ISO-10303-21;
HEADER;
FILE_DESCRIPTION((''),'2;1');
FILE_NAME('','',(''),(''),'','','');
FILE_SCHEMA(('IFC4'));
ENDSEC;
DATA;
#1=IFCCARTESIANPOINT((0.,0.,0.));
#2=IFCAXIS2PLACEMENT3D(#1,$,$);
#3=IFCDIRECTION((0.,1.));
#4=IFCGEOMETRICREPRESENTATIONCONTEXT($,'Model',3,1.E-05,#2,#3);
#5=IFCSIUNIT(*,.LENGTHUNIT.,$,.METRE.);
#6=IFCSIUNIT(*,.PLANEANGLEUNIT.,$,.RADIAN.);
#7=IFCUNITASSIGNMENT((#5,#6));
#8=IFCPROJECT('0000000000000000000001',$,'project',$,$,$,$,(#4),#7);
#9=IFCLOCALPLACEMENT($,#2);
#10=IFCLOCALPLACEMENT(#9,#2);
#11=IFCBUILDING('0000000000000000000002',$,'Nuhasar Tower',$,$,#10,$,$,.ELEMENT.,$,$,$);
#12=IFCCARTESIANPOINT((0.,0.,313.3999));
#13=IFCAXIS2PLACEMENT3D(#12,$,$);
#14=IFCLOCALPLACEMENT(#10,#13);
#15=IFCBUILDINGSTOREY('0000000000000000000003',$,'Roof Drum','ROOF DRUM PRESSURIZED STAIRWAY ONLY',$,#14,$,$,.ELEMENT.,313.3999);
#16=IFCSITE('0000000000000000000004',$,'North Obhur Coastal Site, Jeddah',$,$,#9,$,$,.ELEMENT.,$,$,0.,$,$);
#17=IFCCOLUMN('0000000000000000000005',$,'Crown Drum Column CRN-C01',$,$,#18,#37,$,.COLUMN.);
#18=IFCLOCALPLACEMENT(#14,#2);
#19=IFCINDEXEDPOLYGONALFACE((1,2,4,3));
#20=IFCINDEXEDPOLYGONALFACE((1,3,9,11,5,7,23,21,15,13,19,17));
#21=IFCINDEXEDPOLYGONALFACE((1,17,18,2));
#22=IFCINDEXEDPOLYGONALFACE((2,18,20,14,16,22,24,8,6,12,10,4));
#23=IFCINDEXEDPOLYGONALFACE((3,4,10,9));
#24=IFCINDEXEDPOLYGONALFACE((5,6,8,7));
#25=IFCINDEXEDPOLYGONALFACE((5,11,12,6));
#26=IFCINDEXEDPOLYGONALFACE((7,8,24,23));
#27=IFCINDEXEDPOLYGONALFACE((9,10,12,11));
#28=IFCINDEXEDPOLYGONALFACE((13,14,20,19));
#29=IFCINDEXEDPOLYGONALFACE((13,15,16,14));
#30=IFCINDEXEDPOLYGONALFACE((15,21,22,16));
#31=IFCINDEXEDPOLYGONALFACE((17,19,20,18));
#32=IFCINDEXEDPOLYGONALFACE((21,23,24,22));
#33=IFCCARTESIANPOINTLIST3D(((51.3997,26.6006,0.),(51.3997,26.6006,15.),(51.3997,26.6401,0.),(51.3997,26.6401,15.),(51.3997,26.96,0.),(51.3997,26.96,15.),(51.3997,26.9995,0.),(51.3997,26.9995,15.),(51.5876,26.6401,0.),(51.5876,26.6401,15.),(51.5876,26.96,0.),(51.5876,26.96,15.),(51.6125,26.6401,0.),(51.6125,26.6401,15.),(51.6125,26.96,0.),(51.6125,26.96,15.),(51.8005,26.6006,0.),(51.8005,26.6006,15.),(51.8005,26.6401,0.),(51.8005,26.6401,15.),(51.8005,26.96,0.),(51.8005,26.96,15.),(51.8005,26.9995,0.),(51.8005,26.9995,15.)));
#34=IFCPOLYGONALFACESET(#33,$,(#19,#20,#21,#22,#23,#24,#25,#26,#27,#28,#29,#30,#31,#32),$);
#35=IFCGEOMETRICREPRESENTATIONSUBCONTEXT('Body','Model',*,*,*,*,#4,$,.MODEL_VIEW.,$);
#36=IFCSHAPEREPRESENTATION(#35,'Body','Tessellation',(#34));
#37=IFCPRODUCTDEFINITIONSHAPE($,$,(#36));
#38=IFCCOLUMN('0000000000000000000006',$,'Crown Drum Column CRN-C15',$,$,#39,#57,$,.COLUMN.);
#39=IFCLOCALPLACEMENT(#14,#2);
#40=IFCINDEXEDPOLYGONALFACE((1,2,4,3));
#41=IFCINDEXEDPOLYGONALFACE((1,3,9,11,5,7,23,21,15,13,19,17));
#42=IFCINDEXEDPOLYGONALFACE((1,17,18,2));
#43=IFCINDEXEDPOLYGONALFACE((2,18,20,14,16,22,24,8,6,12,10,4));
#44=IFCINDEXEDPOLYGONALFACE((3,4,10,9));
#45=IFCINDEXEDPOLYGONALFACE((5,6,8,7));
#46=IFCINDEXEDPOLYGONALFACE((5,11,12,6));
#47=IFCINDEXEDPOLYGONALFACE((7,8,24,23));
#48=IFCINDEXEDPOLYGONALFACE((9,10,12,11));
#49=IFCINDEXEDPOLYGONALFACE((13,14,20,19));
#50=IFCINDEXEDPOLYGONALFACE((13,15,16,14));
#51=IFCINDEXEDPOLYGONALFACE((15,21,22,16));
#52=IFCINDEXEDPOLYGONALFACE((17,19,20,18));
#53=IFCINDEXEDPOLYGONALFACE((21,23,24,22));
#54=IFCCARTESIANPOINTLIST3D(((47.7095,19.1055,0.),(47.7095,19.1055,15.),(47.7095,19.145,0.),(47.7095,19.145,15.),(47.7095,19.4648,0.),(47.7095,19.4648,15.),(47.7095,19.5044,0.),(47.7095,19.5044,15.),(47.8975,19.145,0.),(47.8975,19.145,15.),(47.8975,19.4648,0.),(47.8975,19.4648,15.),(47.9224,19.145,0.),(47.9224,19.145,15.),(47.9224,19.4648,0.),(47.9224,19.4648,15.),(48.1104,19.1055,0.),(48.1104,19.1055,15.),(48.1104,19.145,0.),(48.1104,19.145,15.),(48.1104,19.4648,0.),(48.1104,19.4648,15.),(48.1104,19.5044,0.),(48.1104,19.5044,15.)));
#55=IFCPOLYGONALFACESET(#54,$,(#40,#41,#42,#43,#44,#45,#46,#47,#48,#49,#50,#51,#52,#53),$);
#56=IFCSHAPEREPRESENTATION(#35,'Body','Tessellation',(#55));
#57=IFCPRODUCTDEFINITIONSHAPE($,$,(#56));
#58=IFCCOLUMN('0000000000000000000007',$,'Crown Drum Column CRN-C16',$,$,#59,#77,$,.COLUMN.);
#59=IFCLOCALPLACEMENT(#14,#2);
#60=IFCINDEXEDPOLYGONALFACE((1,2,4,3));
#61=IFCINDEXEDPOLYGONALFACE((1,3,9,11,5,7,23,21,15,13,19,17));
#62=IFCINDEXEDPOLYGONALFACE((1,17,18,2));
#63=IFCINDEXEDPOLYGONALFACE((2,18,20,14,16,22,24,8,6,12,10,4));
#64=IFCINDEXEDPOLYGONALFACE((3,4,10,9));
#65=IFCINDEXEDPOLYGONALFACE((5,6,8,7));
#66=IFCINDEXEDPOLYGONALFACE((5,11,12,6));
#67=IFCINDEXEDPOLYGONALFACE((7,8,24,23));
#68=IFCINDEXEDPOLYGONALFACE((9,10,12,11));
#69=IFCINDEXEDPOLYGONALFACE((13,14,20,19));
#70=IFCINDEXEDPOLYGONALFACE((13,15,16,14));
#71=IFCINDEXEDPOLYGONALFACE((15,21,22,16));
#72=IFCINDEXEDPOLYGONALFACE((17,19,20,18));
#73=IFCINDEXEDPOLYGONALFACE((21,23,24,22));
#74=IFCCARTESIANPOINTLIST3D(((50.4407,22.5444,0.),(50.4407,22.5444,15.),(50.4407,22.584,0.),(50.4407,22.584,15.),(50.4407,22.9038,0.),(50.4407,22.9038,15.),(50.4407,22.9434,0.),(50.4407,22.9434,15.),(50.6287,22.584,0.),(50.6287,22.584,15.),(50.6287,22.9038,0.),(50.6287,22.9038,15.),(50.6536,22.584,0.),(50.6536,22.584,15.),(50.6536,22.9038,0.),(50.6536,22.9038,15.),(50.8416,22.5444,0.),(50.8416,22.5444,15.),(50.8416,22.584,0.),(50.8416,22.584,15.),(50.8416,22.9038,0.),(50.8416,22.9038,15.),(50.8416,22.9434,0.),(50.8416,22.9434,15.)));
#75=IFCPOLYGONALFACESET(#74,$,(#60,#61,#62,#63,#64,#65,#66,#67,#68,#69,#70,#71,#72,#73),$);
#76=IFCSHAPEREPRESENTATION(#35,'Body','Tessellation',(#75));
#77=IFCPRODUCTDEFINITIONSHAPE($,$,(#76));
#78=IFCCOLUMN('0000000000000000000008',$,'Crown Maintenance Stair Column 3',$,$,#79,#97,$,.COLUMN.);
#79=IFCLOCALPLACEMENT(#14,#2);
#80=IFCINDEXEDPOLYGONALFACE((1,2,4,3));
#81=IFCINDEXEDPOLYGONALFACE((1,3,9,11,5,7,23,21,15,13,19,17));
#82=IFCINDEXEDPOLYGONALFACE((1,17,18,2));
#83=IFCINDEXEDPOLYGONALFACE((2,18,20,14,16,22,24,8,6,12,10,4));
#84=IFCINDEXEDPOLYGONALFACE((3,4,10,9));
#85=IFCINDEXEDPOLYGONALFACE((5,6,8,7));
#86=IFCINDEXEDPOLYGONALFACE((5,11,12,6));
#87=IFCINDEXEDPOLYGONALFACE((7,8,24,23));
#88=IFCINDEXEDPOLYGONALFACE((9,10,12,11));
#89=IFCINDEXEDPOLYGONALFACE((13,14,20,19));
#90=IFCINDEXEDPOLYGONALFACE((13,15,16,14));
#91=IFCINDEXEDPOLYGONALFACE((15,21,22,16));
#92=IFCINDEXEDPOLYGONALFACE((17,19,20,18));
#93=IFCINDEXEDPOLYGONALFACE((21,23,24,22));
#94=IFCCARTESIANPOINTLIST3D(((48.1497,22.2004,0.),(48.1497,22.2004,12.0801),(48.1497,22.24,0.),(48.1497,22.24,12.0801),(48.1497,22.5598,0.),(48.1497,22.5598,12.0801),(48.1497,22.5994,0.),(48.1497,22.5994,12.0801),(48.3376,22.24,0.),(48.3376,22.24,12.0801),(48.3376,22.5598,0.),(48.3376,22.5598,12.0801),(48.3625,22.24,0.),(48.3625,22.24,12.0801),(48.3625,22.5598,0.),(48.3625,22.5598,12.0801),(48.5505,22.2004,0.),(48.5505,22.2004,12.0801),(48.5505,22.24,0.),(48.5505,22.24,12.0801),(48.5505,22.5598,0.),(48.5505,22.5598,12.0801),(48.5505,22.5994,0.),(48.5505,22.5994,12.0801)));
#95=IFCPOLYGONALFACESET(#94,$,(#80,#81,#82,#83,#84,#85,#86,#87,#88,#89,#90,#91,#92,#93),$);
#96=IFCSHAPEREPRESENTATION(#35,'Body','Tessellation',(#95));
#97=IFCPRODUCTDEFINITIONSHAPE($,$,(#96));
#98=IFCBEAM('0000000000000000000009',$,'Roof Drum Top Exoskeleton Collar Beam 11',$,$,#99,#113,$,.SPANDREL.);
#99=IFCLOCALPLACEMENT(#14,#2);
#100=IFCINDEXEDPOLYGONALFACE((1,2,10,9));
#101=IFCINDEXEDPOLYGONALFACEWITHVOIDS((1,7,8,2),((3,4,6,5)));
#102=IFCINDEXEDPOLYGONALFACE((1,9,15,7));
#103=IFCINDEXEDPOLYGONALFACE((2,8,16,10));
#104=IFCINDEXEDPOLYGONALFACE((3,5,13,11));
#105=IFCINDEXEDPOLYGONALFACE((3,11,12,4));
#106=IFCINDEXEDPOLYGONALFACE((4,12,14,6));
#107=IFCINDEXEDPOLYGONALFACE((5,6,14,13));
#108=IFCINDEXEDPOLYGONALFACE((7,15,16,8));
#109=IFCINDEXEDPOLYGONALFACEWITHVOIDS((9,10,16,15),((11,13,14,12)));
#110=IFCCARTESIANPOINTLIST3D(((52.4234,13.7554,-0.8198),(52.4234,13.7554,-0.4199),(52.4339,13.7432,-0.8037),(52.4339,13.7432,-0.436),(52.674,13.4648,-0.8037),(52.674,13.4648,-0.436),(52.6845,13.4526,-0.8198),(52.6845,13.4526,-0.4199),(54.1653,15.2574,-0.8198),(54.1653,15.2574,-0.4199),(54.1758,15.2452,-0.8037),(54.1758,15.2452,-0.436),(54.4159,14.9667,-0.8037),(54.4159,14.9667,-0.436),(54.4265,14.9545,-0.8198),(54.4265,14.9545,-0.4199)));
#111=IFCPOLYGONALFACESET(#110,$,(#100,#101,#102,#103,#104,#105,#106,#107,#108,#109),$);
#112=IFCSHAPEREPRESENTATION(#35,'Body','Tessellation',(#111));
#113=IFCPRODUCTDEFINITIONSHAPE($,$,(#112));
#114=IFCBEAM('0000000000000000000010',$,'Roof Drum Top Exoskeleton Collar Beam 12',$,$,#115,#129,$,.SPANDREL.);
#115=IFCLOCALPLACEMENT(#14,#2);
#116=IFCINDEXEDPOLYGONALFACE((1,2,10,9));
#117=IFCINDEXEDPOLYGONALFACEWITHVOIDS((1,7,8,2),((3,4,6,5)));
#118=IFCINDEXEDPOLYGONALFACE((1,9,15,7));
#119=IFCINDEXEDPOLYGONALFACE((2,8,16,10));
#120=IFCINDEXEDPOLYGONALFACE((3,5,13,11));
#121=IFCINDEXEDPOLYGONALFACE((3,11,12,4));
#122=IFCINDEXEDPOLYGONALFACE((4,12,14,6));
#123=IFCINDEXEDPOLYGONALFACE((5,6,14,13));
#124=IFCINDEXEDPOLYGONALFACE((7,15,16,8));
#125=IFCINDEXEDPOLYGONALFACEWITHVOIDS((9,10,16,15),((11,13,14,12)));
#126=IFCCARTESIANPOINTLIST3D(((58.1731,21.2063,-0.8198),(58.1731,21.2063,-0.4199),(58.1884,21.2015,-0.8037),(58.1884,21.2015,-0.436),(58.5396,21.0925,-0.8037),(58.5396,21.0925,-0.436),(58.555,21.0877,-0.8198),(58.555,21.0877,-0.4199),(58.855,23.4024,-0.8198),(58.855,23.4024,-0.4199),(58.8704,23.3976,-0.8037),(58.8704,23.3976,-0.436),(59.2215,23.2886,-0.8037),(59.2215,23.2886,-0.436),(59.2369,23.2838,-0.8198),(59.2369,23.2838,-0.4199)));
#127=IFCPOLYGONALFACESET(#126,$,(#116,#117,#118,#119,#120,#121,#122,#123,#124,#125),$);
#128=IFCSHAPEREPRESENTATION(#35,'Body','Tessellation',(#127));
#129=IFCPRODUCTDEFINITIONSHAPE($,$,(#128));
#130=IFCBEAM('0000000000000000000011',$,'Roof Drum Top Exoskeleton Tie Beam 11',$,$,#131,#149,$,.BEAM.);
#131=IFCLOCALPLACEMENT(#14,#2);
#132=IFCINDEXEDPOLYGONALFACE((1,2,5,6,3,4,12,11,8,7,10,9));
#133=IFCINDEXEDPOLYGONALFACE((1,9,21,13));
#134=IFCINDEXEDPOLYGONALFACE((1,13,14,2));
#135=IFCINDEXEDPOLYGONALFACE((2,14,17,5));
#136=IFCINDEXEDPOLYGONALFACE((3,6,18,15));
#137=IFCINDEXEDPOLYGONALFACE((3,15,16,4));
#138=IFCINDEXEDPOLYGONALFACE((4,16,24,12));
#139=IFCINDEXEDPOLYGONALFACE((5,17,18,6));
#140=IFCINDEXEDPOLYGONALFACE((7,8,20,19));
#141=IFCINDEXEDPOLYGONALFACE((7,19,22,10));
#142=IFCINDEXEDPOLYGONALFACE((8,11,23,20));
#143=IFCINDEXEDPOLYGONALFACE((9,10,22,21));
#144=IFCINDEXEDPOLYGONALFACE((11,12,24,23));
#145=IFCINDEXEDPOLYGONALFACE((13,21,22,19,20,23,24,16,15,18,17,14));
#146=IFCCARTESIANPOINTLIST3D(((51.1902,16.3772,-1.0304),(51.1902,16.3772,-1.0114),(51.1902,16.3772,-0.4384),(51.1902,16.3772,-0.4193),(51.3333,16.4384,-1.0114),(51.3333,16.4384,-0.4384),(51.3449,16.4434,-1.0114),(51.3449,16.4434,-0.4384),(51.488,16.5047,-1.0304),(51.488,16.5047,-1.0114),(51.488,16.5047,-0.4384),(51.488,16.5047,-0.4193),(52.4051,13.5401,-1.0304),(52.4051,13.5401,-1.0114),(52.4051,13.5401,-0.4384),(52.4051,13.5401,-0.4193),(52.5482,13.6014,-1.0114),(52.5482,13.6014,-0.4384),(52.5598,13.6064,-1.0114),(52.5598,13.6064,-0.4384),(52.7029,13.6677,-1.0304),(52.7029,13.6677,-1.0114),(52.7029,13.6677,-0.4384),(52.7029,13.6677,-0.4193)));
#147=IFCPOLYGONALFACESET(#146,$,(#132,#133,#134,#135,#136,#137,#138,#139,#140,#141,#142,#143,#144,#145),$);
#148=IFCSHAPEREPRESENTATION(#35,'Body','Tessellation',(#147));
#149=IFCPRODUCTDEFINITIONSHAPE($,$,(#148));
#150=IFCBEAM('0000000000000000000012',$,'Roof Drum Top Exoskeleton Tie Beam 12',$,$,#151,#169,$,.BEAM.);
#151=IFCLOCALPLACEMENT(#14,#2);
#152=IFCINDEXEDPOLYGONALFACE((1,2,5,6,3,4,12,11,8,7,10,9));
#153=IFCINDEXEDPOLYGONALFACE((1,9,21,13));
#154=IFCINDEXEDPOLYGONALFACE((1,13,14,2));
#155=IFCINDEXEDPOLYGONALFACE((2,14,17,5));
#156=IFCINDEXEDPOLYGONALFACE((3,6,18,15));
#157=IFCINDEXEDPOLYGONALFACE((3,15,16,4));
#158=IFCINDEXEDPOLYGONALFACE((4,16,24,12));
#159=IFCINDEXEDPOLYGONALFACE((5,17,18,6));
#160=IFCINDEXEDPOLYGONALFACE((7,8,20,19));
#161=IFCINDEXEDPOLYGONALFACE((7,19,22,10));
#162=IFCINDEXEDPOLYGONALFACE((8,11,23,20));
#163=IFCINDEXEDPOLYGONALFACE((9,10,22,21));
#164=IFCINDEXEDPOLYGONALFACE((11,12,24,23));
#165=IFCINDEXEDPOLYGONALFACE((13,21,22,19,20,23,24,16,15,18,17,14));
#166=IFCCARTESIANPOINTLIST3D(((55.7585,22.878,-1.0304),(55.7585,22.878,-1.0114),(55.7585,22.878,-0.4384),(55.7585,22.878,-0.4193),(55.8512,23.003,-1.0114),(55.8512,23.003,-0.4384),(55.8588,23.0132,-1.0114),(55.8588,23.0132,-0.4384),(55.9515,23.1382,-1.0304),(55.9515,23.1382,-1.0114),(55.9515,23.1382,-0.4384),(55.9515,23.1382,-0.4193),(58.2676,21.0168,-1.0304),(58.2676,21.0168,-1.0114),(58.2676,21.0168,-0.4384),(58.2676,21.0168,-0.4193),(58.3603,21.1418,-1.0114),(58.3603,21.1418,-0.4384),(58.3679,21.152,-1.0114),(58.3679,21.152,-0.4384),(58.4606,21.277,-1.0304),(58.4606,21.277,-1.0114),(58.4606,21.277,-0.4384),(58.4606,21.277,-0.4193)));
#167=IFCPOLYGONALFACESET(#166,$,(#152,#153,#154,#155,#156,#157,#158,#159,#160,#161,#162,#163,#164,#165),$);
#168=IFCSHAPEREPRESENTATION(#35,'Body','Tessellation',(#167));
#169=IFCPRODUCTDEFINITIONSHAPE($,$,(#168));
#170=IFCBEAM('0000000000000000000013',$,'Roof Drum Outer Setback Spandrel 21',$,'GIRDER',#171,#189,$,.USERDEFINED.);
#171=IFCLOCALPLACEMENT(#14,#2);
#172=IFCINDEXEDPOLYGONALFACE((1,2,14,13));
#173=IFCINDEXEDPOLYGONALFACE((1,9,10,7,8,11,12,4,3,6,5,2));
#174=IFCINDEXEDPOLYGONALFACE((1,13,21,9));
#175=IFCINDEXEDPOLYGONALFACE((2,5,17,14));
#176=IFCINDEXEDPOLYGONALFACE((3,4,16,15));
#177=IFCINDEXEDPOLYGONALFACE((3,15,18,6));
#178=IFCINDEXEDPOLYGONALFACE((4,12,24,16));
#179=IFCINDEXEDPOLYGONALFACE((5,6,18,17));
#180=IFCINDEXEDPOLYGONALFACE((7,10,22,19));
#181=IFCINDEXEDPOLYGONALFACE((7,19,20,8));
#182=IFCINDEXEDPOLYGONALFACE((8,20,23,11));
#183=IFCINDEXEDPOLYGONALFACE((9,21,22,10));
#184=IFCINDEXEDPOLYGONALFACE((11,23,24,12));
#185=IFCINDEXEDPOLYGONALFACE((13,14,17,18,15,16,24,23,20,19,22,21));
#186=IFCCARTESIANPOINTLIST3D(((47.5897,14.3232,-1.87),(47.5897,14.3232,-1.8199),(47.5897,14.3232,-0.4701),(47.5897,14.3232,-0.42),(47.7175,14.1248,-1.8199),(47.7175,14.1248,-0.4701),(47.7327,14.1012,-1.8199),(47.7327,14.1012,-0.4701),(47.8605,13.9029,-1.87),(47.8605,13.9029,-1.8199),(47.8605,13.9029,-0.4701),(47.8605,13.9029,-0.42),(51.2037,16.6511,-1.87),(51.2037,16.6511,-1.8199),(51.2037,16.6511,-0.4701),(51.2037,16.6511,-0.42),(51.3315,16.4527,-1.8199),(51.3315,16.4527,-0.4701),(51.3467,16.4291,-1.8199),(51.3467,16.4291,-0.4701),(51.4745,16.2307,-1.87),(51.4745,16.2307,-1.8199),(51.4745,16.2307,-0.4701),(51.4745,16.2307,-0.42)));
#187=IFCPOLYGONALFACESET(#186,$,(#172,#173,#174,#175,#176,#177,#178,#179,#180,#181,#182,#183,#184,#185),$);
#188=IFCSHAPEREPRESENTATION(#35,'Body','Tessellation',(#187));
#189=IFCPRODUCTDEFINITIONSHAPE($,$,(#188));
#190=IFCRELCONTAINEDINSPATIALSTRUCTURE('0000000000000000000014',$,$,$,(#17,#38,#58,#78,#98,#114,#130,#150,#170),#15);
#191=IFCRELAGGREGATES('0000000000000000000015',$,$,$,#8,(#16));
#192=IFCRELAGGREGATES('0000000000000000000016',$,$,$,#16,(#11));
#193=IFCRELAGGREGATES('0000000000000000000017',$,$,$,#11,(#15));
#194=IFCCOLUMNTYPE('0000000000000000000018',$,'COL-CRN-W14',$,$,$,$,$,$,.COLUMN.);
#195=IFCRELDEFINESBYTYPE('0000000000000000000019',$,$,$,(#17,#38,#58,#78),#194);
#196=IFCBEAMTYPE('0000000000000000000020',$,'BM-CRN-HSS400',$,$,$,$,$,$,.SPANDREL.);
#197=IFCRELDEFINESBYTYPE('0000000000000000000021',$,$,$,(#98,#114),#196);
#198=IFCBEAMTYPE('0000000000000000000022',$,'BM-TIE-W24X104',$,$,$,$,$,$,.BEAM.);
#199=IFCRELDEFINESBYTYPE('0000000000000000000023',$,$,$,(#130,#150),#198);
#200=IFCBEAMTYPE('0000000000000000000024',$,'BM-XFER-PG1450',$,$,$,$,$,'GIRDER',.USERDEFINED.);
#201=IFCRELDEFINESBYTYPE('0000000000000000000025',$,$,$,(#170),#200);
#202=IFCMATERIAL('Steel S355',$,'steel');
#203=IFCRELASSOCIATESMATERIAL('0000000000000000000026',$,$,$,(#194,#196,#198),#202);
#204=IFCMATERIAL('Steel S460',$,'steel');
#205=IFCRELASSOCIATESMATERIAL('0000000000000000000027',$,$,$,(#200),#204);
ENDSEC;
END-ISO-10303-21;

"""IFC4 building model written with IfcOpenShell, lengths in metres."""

from ifc_helpers import new_model, si_unit, direction, frame, origin, origin_2d, place, context, subcontext, project, spatial, hollow_rectangle, i_section, extrude, material, material_profile, profile_set, type_object, element, save


model = new_model("IFC4")

# Units and contexts
model_context = context("Model", 3, precision=1e-05, world=origin(), true_north=direction((0.0, 1.0)))
body_context = subcontext(model_context, "Body", "Model", "MODEL_VIEW")
ifc_project = project(units=[si_unit("LENGTHUNIT", "METRE"), si_unit("PLANEANGLEUNIT", "RADIAN")], contexts=[model_context])

# Site, building, storey
site_placement = place(None, origin())
site = spatial("IfcSite", under=ifc_project, at=site_placement, Name="North Obhur Coastal Site, Jeddah", CompositionType="ELEMENT", RefElevation=0.0)
building_placement = place(site_placement, origin())
building = spatial("IfcBuilding", under=site, at=building_placement, Name="Nuhasar Tower", CompositionType="ELEMENT")
storey_placement = place(building_placement, frame((0.0, 0.0, 313.3999)))
storey = spatial("IfcBuildingStorey", under=building, at=storey_placement, Name="Roof Drum", Description="ROOF DRUM PRESSURIZED STAIRWAY ONLY", CompositionType="ELEMENT", Elevation=313.3999)

# Columns
ifc_material_1 = material(Name="Steel S355", Category="steel")
ifc_material_profile_1 = material_profile(ifc_material_1, i_section(OverallWidth=0.4009, OverallDepth=0.3989, WebThickness=0.0249, FlangeThickness=0.0396, at=origin_2d()), Name="W14X211")
ifc_profile_set_1 = profile_set([ifc_material_profile_1], Name="Steel S355")
column_type = type_object("IfcColumnType", Name="COL-CRN-W14", PredefinedType="COLUMN", material=ifc_profile_set_1)
for number, where, z_axis, x_axis, name in (
    (1, (51.6001, 26.8, 0.0), (0.0, 0.0, 1.0), (1.0, 0.0, 0.0), "Crown Drum Column CRN-C01"),
    (2, (47.9099, 19.3049, 0.0), (0.0, 0.0, 1.0), (1.0, 0.0, 0.0), "Crown Drum Column CRN-C15"),
    (3, (50.6411, 22.7439, 0.0), (0.0, 0.0, 1.0), (1.0, 0.0, 0.0), "Crown Drum Column CRN-C16"),
):
    element("IfcColumn", number, at=place(storey_placement, frame(where, z_axis=z_axis, x_axis=x_axis)), inside=storey, type_object=column_type, Name=name, PredefinedType="COLUMN", context=body_context, shape_type="SweptSolid", body=[
        extrude(i_section(OverallWidth=0.4009, OverallDepth=0.3989, WebThickness=0.0249, FlangeThickness=0.0396, at=origin_2d()), origin(), (0.0, 0.0, 1.0), 15.0),
    ])
column_placement = place(storey_placement, frame((48.3501, 22.3999, 0.0), z_axis=(0.0, 0.0, 1.0), x_axis=(1.0, 0.0, 0.0)))
element("IfcColumn", 4, at=column_placement, inside=storey, type_object=column_type, Name="Crown Maintenance Stair Column 3", PredefinedType="COLUMN", context=body_context, shape_type="SweptSolid", body=[
    extrude(i_section(OverallWidth=0.4009, OverallDepth=0.3989, WebThickness=0.0249, FlangeThickness=0.0396, at=origin_2d()), origin(), (0.0, 0.0, 1.0), 12.0801),
])

# Beams
ifc_material_profile_2 = material_profile(ifc_material_1, hollow_rectangle(XDim=0.3999, YDim=0.3999, WallThickness=0.0161, at=origin_2d()), Name="HSS400X400X16")
ifc_profile_set_2 = profile_set([ifc_material_profile_2], Name="Steel S355")
beam_type_1 = type_object("IfcBeamType", Name="BM-CRN-HSS400", PredefinedType="SPANDREL", material=ifc_profile_set_2)
beam_1_placement = place(storey_placement, frame((52.554, 13.604, -0.6199), z_axis=(0.75735, 0.653009, 0.0), x_axis=(-0.653009, 0.75735, 0.0)))
element("IfcBeam", 5, at=beam_1_placement, inside=storey, type_object=beam_type_1, Name="Roof Drum Top Exoskeleton Collar Beam 11", PredefinedType="SPANDREL", context=body_context, shape_type="SweptSolid", body=[
    extrude(hollow_rectangle(XDim=0.3999, YDim=0.3999, WallThickness=0.0161, at=origin_2d()), origin(), (0.0, 0.0, 1.0), 2.3),
])
beam_2_placement = place(storey_placement, frame((58.364, 21.147, -0.6199), z_axis=(0.296539, 0.955021, 0.0), x_axis=(-0.955021, 0.296539, 0.0)))
element("IfcBeam", 6, at=beam_2_placement, inside=storey, type_object=beam_type_1, Name="Roof Drum Top Exoskeleton Collar Beam 12", PredefinedType="SPANDREL", context=body_context, shape_type="SweptSolid", body=[
    extrude(hollow_rectangle(XDim=0.3999, YDim=0.3999, WallThickness=0.0161, at=origin_2d()), origin(), (0.0, 0.0, 1.0), 2.2996),
])
ifc_material_profile_3 = material_profile(ifc_material_1, i_section(OverallWidth=0.324, OverallDepth=0.6111, WebThickness=0.0127, FlangeThickness=0.019, at=origin_2d()), Name="W24X104")
ifc_profile_set_3 = profile_set([ifc_material_profile_3], Name="Steel S355")
beam_type_2 = type_object("IfcBeamType", Name="BM-TIE-W24X104", PredefinedType="BEAM", material=ifc_profile_set_3)
beam_3_placement = place(storey_placement, frame((51.3391, 16.4409, -0.7249), z_axis=(0.393652, -0.91926, 0.0), x_axis=(0.91926, 0.393652, 0.0)))
element("IfcBeam", 7, at=beam_3_placement, inside=storey, type_object=beam_type_2, Name="Roof Drum Top Exoskeleton Tie Beam 11", PredefinedType="BEAM", context=body_context, shape_type="SweptSolid", body=[
    extrude(i_section(OverallWidth=0.324, OverallDepth=0.6111, WebThickness=0.0127, FlangeThickness=0.019, at=origin_2d()), origin(), (0.0, 0.0, 1.0), 3.0862),
])
beam_4_placement = place(storey_placement, frame((55.855, 23.0081, -0.7249), z_axis=(0.803168, -0.595753, 0.0), x_axis=(0.595753, 0.803168, 0.0)))
element("IfcBeam", 8, at=beam_4_placement, inside=storey, type_object=beam_type_2, Name="Roof Drum Top Exoskeleton Tie Beam 12", PredefinedType="BEAM", context=body_context, shape_type="SweptSolid", body=[
    extrude(i_section(OverallWidth=0.324, OverallDepth=0.6111, WebThickness=0.0127, FlangeThickness=0.019, at=origin_2d()), origin(), (0.0, 0.0, 1.0), 3.124),
])
ifc_material_2 = material(Name="Steel S460", Category="steel")
ifc_material_profile_4 = material_profile(ifc_material_2, i_section(OverallWidth=0.5, OverallDepth=1.45, WebThickness=0.0281, FlangeThickness=0.05, at=origin_2d()), Name="PG1450X500")
ifc_profile_set_4 = profile_set([ifc_material_profile_4], Name="Steel S460")
beam_type_3 = type_object("IfcBeamType", Name="BM-XFER-PG1450", ElementType="GIRDER", PredefinedType="USERDEFINED", material=ifc_profile_set_4)
beam_5_placement = place(storey_placement, frame((47.7251, 14.113, -1.145), z_axis=(0.840693, 0.541512, 0.0), x_axis=(-0.541512, 0.840693, 0.0)))
element("IfcBeam", 9, at=beam_5_placement, inside=storey, type_object=beam_type_3, Name="Roof Drum Outer Setback Spandrel 21", ObjectType="GIRDER", PredefinedType="USERDEFINED", context=body_context, shape_type="SweptSolid", body=[
    extrude(i_section(OverallWidth=0.5, OverallDepth=1.45, WebThickness=0.0281, FlangeThickness=0.05, at=origin_2d()), origin(), (0.0, 0.0, 1.0), 4.2988),
])

save(model, "model.ifc")
